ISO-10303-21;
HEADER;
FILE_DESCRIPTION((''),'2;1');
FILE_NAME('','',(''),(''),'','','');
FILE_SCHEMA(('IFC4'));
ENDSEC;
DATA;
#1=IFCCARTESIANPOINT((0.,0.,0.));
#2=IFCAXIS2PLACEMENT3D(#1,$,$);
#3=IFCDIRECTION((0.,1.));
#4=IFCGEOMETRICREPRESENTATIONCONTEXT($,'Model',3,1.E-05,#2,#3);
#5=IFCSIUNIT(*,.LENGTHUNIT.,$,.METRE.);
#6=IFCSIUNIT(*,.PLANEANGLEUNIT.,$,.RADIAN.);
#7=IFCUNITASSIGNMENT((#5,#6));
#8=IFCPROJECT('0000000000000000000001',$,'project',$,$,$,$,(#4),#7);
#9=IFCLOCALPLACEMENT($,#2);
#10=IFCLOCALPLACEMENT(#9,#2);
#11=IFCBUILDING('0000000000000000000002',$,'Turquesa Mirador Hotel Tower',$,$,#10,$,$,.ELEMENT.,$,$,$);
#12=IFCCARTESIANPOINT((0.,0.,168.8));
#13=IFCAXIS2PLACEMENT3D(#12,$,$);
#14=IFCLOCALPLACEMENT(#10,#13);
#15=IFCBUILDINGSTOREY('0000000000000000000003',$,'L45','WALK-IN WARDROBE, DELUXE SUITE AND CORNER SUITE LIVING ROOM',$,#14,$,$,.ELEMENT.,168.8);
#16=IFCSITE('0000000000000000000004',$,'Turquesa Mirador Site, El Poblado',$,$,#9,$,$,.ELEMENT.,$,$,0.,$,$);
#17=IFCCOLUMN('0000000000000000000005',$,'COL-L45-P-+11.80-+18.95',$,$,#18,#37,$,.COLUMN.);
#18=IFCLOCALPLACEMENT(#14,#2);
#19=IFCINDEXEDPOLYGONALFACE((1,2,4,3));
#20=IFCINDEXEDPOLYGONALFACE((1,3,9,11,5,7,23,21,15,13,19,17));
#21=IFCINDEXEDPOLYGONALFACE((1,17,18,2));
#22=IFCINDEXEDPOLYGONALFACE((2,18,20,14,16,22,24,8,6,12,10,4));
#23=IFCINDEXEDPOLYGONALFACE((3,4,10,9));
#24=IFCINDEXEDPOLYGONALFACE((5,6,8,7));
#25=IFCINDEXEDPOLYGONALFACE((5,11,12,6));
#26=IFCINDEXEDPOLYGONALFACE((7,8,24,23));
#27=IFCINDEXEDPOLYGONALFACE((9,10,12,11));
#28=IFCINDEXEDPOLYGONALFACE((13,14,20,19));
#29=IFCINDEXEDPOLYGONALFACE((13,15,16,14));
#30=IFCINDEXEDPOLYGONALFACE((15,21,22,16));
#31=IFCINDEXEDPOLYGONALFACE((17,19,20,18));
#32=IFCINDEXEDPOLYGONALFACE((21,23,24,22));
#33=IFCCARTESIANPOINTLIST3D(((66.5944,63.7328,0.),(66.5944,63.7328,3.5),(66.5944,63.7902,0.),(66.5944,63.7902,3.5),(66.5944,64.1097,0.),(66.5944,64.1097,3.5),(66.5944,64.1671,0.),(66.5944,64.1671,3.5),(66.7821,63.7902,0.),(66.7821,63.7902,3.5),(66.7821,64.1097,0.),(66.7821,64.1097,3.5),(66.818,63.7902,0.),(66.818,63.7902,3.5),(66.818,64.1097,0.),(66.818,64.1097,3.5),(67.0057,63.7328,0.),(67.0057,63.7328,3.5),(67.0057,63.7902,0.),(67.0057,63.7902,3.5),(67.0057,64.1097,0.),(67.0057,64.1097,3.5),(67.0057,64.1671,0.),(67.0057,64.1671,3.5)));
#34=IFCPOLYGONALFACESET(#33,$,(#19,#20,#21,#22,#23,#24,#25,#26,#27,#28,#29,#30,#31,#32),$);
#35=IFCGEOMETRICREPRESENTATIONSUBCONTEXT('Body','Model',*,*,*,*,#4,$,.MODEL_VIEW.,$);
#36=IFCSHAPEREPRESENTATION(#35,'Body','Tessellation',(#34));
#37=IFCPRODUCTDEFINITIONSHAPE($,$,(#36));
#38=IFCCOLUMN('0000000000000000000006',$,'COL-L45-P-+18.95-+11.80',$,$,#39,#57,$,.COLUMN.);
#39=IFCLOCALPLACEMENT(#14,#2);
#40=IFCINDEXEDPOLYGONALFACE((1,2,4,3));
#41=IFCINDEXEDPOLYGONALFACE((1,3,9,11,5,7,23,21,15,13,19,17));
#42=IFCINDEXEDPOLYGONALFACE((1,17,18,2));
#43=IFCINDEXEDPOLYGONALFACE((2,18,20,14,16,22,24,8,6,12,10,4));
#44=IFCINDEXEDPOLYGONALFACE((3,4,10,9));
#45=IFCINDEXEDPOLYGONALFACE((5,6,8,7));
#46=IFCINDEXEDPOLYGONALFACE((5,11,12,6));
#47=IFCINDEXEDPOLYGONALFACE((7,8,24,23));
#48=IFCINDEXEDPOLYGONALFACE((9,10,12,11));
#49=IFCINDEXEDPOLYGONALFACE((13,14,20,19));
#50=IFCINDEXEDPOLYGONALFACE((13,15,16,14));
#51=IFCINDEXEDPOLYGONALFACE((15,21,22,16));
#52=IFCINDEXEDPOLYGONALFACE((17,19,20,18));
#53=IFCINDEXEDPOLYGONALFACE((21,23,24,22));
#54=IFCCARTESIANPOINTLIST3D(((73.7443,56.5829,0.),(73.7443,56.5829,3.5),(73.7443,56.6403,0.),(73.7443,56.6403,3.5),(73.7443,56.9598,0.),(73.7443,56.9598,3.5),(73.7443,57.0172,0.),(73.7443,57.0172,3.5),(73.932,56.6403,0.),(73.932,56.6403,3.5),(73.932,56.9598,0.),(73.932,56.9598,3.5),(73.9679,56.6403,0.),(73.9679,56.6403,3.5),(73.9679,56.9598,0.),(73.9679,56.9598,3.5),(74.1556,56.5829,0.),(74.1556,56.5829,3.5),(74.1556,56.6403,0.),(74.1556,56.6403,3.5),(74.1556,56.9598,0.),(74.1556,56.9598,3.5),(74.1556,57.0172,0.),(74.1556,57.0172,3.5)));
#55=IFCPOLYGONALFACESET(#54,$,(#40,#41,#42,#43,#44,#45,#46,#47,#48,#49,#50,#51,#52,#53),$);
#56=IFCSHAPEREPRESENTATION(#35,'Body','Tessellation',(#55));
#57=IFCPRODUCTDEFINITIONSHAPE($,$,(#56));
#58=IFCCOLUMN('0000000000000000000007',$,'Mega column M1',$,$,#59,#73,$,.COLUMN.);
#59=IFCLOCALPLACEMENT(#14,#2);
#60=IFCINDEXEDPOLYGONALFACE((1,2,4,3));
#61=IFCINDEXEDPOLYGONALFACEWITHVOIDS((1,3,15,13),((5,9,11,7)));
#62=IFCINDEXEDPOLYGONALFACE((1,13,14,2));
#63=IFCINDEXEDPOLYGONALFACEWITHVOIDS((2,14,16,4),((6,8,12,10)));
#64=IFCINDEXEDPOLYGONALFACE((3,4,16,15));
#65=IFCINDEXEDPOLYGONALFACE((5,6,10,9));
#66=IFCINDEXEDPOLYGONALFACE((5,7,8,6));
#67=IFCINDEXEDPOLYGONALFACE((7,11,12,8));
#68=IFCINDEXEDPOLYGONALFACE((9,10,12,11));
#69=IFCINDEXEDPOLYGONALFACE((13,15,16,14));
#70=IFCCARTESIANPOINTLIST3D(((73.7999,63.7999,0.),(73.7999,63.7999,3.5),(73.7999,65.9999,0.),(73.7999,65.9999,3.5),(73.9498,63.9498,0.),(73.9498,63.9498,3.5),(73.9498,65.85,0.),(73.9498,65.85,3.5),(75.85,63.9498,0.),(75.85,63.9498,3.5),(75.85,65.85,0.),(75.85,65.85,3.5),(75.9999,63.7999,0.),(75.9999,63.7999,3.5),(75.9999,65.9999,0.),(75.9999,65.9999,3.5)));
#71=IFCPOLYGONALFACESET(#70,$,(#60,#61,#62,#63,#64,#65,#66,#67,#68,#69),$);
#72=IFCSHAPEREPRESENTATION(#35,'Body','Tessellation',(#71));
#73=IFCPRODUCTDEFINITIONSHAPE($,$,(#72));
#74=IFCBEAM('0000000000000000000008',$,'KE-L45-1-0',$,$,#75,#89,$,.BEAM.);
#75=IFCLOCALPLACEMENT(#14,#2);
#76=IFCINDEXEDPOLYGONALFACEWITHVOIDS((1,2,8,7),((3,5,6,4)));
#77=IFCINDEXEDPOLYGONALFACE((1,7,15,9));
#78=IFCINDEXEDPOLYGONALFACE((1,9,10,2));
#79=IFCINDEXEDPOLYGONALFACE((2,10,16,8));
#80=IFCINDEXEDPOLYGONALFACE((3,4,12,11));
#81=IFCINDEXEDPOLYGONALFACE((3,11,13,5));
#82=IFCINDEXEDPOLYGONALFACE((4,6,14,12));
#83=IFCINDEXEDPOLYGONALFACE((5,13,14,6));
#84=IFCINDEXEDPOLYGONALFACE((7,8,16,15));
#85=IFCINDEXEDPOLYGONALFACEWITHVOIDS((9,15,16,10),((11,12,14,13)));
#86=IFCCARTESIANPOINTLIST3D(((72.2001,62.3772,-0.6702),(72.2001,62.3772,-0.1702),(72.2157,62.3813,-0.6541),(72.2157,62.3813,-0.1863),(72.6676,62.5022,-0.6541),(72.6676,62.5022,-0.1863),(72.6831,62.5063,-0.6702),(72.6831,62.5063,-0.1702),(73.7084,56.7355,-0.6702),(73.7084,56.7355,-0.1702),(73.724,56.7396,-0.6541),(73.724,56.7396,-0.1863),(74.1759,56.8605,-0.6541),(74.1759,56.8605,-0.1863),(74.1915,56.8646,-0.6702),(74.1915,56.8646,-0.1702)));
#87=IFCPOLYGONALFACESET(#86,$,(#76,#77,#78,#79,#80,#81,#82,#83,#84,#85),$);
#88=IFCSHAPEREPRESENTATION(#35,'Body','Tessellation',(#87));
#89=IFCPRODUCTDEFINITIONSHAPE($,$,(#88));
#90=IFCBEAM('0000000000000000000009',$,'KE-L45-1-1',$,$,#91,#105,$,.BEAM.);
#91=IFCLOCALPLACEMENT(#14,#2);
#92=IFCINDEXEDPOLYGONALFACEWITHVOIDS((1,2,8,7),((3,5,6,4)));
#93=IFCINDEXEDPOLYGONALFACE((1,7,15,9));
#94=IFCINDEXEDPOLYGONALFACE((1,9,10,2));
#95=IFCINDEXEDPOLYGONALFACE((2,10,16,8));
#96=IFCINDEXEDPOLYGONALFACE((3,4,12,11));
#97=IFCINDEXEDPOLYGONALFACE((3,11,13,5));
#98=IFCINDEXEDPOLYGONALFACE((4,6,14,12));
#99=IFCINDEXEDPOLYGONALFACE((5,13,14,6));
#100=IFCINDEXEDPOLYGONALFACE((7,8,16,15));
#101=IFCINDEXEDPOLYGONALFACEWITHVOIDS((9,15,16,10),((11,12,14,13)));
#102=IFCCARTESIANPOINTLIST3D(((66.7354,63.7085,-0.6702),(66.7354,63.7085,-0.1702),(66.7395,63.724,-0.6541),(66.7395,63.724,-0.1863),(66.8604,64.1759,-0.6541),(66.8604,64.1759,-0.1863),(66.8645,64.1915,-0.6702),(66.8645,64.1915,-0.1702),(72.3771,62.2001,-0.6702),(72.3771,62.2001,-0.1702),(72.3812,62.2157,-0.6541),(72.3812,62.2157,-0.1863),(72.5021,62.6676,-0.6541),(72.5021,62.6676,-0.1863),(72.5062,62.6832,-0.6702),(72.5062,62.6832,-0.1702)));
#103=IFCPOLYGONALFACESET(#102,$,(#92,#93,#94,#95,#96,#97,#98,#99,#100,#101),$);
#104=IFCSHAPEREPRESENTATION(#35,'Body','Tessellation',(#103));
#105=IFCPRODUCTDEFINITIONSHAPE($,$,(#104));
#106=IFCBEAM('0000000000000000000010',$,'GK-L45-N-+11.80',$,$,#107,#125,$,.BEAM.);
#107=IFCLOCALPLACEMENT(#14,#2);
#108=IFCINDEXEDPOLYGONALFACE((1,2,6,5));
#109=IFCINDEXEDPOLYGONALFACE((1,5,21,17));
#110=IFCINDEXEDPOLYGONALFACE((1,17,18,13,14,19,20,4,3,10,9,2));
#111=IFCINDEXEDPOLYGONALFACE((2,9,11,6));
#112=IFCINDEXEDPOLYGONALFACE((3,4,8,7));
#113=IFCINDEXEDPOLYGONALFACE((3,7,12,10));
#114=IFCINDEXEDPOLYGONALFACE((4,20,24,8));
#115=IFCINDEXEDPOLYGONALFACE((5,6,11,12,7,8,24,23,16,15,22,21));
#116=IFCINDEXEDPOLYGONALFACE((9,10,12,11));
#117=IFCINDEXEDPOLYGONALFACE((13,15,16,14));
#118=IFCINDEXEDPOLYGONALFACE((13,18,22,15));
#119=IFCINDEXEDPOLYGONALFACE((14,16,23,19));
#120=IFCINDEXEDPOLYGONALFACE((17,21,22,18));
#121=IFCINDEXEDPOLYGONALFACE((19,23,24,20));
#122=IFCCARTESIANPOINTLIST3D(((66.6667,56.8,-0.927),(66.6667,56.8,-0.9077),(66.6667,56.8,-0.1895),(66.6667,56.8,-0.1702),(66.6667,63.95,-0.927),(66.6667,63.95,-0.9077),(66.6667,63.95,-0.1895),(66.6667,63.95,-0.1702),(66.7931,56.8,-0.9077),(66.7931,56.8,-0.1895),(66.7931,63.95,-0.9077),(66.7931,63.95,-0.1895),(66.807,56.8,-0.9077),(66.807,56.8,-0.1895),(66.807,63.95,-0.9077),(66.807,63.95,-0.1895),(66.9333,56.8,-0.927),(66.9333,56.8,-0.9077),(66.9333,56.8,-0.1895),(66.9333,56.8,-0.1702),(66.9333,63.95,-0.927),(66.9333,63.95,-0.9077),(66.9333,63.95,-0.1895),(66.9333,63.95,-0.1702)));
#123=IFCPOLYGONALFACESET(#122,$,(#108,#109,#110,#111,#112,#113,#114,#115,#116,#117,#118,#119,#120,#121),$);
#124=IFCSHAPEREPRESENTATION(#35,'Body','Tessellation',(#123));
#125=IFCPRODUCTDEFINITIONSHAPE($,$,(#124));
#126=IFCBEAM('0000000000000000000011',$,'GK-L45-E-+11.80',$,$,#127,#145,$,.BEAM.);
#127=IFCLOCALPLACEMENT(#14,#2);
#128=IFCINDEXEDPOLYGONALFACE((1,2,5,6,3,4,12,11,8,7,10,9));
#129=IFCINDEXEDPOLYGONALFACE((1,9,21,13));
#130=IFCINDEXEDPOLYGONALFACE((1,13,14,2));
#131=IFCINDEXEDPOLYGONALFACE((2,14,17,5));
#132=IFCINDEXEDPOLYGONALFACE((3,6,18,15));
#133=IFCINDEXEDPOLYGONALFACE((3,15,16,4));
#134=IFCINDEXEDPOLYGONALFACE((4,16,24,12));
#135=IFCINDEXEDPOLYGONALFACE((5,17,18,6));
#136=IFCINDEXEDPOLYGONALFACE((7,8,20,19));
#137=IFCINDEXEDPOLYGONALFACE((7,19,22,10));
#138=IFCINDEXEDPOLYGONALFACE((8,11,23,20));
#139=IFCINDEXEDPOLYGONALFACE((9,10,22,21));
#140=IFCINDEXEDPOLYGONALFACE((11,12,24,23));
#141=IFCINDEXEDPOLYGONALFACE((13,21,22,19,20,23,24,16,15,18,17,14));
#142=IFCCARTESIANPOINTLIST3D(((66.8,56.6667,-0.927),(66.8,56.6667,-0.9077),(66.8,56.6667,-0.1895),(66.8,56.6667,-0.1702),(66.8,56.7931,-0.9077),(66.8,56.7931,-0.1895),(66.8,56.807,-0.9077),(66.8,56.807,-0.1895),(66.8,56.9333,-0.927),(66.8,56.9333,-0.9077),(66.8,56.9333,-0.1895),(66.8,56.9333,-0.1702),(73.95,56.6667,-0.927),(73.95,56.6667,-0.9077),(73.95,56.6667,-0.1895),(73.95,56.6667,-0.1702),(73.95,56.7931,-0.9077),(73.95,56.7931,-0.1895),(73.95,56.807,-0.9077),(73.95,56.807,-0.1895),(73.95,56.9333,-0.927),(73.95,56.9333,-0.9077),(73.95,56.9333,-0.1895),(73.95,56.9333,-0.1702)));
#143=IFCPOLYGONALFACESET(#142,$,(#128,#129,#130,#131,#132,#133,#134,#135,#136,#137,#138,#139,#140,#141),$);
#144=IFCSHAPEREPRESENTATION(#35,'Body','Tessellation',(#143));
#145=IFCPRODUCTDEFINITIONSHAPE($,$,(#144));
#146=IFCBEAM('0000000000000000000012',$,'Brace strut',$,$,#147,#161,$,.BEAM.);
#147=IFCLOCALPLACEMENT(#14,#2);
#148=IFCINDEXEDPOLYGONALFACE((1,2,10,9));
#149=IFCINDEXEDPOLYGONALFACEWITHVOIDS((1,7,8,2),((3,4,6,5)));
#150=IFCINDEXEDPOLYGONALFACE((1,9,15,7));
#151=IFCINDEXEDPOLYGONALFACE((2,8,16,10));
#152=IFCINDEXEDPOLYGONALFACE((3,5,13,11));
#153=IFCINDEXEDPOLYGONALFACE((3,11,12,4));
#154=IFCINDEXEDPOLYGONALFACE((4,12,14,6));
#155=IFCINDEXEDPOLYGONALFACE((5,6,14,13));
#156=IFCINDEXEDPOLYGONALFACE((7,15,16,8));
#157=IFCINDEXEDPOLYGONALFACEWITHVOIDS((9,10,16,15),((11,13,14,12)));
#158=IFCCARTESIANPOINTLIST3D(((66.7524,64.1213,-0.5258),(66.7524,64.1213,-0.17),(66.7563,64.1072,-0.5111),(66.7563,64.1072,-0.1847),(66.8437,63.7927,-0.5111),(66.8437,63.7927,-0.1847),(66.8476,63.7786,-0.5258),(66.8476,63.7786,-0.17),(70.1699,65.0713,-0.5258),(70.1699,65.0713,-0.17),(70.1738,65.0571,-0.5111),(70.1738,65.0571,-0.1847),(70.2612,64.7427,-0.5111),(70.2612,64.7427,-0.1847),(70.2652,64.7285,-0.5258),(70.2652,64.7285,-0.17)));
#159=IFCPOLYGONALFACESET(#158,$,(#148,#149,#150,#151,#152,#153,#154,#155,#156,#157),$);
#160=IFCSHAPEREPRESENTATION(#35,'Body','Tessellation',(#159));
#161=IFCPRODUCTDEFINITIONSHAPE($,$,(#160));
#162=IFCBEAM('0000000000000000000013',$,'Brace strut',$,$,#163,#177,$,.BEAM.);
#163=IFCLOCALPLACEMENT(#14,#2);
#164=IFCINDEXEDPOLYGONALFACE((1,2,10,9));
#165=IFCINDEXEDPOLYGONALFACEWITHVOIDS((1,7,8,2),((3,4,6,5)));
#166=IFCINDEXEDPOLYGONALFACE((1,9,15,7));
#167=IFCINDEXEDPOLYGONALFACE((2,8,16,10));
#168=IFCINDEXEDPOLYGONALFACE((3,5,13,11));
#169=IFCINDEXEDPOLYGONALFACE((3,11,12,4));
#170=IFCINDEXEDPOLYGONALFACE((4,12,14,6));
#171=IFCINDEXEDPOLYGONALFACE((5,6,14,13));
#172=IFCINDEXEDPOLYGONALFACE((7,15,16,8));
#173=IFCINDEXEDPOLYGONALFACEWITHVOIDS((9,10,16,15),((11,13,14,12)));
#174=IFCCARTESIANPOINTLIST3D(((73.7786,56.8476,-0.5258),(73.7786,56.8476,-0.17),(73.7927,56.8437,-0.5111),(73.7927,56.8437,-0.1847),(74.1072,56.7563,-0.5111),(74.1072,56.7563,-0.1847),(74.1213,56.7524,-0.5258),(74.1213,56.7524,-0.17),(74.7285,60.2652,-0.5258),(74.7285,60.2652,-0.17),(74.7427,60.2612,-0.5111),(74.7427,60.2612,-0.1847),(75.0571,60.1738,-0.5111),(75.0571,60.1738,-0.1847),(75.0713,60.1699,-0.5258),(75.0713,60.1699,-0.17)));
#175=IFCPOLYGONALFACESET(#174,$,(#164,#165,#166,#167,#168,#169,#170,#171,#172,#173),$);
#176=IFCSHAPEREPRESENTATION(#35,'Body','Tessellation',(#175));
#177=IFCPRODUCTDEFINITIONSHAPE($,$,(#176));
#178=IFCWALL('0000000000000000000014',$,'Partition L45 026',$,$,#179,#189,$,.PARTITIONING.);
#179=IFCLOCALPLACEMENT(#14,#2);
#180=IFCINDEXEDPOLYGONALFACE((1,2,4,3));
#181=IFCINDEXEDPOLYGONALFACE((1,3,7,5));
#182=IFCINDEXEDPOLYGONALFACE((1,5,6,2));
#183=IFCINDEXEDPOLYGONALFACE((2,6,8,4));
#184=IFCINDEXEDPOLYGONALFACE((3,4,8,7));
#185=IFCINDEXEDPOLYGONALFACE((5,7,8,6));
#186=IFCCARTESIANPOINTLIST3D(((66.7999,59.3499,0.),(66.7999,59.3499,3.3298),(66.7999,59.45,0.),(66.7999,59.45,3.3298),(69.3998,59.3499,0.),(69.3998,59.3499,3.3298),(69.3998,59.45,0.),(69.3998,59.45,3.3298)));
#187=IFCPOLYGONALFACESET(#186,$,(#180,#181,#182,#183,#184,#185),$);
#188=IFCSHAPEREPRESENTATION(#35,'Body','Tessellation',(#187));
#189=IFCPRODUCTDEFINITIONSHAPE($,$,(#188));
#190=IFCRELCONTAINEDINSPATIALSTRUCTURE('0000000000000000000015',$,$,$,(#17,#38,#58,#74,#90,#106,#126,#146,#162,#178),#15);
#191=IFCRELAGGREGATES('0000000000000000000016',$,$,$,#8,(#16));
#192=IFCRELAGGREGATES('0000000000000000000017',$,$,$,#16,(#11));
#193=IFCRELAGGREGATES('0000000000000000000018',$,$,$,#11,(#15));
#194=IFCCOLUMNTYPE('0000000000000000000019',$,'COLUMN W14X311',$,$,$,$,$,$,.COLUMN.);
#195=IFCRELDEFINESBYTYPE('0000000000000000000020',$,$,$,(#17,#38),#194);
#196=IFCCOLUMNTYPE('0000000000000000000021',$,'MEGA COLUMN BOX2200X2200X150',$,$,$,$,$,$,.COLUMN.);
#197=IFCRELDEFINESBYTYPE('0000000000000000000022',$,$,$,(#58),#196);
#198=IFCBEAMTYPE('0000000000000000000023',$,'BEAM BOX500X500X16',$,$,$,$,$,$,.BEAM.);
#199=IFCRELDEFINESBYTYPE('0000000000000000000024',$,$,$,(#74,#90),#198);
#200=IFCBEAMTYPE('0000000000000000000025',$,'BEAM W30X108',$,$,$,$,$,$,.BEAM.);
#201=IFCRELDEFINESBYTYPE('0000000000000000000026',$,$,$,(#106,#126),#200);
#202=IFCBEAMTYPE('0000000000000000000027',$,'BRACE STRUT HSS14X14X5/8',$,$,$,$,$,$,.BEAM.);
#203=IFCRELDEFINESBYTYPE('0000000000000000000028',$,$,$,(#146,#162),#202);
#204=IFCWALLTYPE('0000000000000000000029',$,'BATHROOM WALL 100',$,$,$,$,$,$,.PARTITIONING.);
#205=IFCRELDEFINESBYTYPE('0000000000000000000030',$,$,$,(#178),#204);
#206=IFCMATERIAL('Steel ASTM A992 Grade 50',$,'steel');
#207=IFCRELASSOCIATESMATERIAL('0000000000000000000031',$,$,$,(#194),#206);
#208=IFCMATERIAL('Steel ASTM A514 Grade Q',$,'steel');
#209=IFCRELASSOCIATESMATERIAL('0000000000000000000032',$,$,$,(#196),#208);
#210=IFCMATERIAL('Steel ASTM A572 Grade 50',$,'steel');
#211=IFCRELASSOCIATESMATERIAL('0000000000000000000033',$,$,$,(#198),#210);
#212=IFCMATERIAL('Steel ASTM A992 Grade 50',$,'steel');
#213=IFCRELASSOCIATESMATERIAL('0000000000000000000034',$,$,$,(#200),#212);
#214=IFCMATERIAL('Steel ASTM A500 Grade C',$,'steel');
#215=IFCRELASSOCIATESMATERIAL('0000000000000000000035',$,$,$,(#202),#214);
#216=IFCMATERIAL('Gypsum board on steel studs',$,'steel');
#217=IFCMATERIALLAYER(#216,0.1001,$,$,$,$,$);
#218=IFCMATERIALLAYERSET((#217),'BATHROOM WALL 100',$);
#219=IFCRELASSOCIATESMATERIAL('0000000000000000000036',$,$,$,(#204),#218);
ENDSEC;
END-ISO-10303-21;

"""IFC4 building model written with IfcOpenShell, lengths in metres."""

from ifc_helpers import new_model, si_unit, direction, frame, frame_2d, origin, origin_2d, place, context, subcontext, project, spatial, rectangle, hollow_rectangle, i_section, extrude, material, layer, layer_set, material_profile, profile_set, type_object, element, save


model = new_model("IFC4")

# Units and contexts
model_context = context("Model", 3, precision=1e-05, world=origin(), true_north=direction((0.0, 1.0)))
body_context = subcontext(model_context, "Body", "Model", "MODEL_VIEW")
ifc_project = project(units=[si_unit("LENGTHUNIT", "METRE"), si_unit("PLANEANGLEUNIT", "RADIAN")], contexts=[model_context])

# Site, building, storey
site_placement = place(None, origin())
site = spatial("IfcSite", under=ifc_project, at=site_placement, Name="Turquesa Mirador Site, El Poblado", CompositionType="ELEMENT", RefElevation=0.0)
building_placement = place(site_placement, origin())
building = spatial("IfcBuilding", under=site, at=building_placement, Name="Turquesa Mirador Hotel Tower", CompositionType="ELEMENT")
storey_placement = place(building_placement, frame((0.0, 0.0, 168.8)))
storey = spatial("IfcBuildingStorey", under=building, at=storey_placement, Name="L45", Description="WALK-IN WARDROBE, DELUXE SUITE AND CORNER SUITE LIVING ROOM", CompositionType="ELEMENT", Elevation=168.8)

# Columns
ifc_material_1 = material(Name="Steel ASTM A992 Grade 50", Category="steel")
ifc_material_profile_1 = material_profile(ifc_material_1, i_section(OverallWidth=0.4114, OverallDepth=0.4343, WebThickness=0.0359, FlangeThickness=0.0574, at=origin_2d()), Name="W14X311")
ifc_profile_set_1 = profile_set([ifc_material_profile_1], Name="Steel ASTM A992 Grade 50")
column_type_1 = type_object("IfcColumnType", Name="COLUMN W14X311", PredefinedType="COLUMN", material=ifc_profile_set_1)
for number, where, z_axis, x_axis, name in (
    (1, (66.8, 63.95, 0.0), (0.0, 0.0, 1.0), (1.0, 0.0, 0.0), "COL-L45-P-+11.80-+18.95"),
    (2, (73.95, 56.8, 0.0), (0.0, 0.0, 1.0), (1.0, 0.0, 0.0), "COL-L45-P-+18.95-+11.80"),
):
    element("IfcColumn", number, at=place(storey_placement, frame(where, z_axis=z_axis, x_axis=x_axis)), inside=storey, type_object=column_type_1, Name=name, PredefinedType="COLUMN", context=body_context, shape_type="SweptSolid", body=[
        extrude(i_section(OverallWidth=0.4114, OverallDepth=0.4343, WebThickness=0.0359, FlangeThickness=0.0574, at=origin_2d()), origin(), (0.0, 0.0, 1.0), 3.5),
    ])
ifc_material_2 = material(Name="Steel ASTM A514 Grade Q", Category="steel")
ifc_material_profile_2 = material_profile(ifc_material_2, hollow_rectangle(XDim=2.2, YDim=2.2, WallThickness=0.1499, at=origin_2d()), Name="BOX2200X2200X150")
ifc_profile_set_2 = profile_set([ifc_material_profile_2], Name="Steel ASTM A514 Grade Q")
column_type_2 = type_object("IfcColumnType", Name="MEGA COLUMN BOX2200X2200X150", PredefinedType="COLUMN", material=ifc_profile_set_2)
column_placement = place(storey_placement, frame((74.8999, 64.8999, 0.0), z_axis=(0.0, 0.0, 1.0), x_axis=(1.0, 0.0, 0.0)))
element("IfcColumn", 3, at=column_placement, inside=storey, type_object=column_type_2, Name="Mega column M1", PredefinedType="COLUMN", context=body_context, shape_type="SweptSolid", body=[
    extrude(hollow_rectangle(XDim=2.2, YDim=2.2, WallThickness=0.1499, at=origin_2d()), origin(), (0.0, 0.0, 1.0), 3.5),
])

# Beams
ifc_material_3 = material(Name="Steel ASTM A572 Grade 50", Category="steel")
ifc_material_profile_3 = material_profile(ifc_material_3, hollow_rectangle(XDim=0.5, YDim=0.5, WallThickness=0.0161, at=origin_2d()), Name="BOX500X500X16")
ifc_profile_set_3 = profile_set([ifc_material_profile_3], Name="Steel ASTM A572 Grade 50")
beam_type_1 = type_object("IfcBeamType", Name="BEAM BOX500X500X16", PredefinedType="BEAM", material=ifc_profile_set_3)
for number, where, z_axis, x_axis, name in (
    (4, (73.95, 56.8, -0.4202), (-0.258282, 0.96607, 0.0), (-0.96607, -0.258282, 0.0), "KE-L45-1-0"),
    (5, (72.4417, 62.4417, -0.4202), (-0.96607, 0.258282, 0.0), (-0.258282, -0.96607, 0.0), "KE-L45-1-1"),
):
    element("IfcBeam", number, at=place(storey_placement, frame(where, z_axis=z_axis, x_axis=x_axis)), inside=storey, type_object=beam_type_1, Name=name, PredefinedType="BEAM", context=body_context, shape_type="SweptSolid", body=[
        extrude(hollow_rectangle(XDim=0.5, YDim=0.5, WallThickness=0.0161, at=origin_2d()), origin(), (0.0, 0.0, 1.0), 5.8398),
    ])
ifc_material_4 = material(Name="Steel ASTM A992 Grade 50", Category="steel")
ifc_material_profile_4 = material_profile(ifc_material_4, i_section(OverallWidth=0.2666, OverallDepth=0.7568, WebThickness=0.0139, FlangeThickness=0.0193, at=origin_2d()), Name="W30X108")
ifc_profile_set_4 = profile_set([ifc_material_profile_4], Name="Steel ASTM A992 Grade 50")
beam_type_2 = type_object("IfcBeamType", Name="BEAM W30X108", PredefinedType="BEAM", material=ifc_profile_set_4)
for number, where, z_axis, x_axis, name in (
    (6, (66.8, 63.95, -0.5486), (0.0, -1.0, 0.0), (1.0, 0.0, 0.0), "GK-L45-N-+11.80"),
    (7, (73.95, 56.8, -0.5486), (-1.0, 0.0, 0.0), (0.0, -1.0, 0.0), "GK-L45-E-+11.80"),
):
    element("IfcBeam", number, at=place(storey_placement, frame(where, z_axis=z_axis, x_axis=x_axis)), inside=storey, type_object=beam_type_2, Name=name, PredefinedType="BEAM", context=body_context, shape_type="SweptSolid", body=[
        extrude(i_section(OverallWidth=0.2666, OverallDepth=0.7568, WebThickness=0.0139, FlangeThickness=0.0193, at=origin_2d()), origin(), (0.0, 0.0, 1.0), 7.1499),
    ])
ifc_material_5 = material(Name="Steel ASTM A500 Grade C", Category="steel")
ifc_material_profile_5 = material_profile(ifc_material_5, hollow_rectangle(XDim=0.3557, YDim=0.3557, WallThickness=0.0146, at=origin_2d()), Name="HSS14X14X5/8")
ifc_profile_set_5 = profile_set([ifc_material_profile_5], Name="Steel ASTM A500 Grade C")
beam_type_3 = type_object("IfcBeamType", Name="BRACE STRUT HSS14X14X5/8", PredefinedType="BEAM", material=ifc_profile_set_5)
for number, where, z_axis, x_axis, name in (
    (8, (70.2175, 64.8999, -0.3479), (-0.963471, -0.267814, 0.0), (0.267814, -0.963471, 0.0), "Brace strut"),
    (9, (74.8999, 60.2175, -0.3479), (-0.267814, -0.963471, 0.0), (0.963471, -0.267814, 0.0), "Brace strut"),
):
    element("IfcBeam", number, at=place(storey_placement, frame(where, z_axis=z_axis, x_axis=x_axis)), inside=storey, type_object=beam_type_3, Name=name, PredefinedType="BEAM", context=body_context, shape_type="SweptSolid", body=[
        extrude(hollow_rectangle(XDim=0.3557, YDim=0.3557, WallThickness=0.0146, at=origin_2d()), origin(), (0.0, 0.0, 1.0), 3.5471),
    ])

# Wall
ifc_material_6 = material(Name="Gypsum board on steel studs", Category="steel")
ifc_layer_1 = layer(ifc_material_6, 0.1001)
ifc_layer_set_1 = layer_set([ifc_layer_1], Name="BATHROOM WALL 100")
wall_type_1 = type_object("IfcWallType", Name="BATHROOM WALL 100", PredefinedType="PARTITIONING", material=ifc_layer_set_1)
wall_1_placement = place(storey_placement, frame((66.8, 59.3999, 0.0), z_axis=(0.0, 0.0, 1.0), x_axis=(1.0, 0.0, 0.0)))
element("IfcWall", 10, at=wall_1_placement, inside=storey, type_object=wall_type_1, Name="Partition L45 026", PredefinedType="PARTITIONING", context=body_context, shape_type="SweptSolid", body=[
    extrude(rectangle(XDim=2.5999, YDim=0.1001, at=frame_2d((1.2998, 0.0))), origin(), (0.0, 0.0, 1.0), 3.3298),
])

save(model, "model.ifc")
